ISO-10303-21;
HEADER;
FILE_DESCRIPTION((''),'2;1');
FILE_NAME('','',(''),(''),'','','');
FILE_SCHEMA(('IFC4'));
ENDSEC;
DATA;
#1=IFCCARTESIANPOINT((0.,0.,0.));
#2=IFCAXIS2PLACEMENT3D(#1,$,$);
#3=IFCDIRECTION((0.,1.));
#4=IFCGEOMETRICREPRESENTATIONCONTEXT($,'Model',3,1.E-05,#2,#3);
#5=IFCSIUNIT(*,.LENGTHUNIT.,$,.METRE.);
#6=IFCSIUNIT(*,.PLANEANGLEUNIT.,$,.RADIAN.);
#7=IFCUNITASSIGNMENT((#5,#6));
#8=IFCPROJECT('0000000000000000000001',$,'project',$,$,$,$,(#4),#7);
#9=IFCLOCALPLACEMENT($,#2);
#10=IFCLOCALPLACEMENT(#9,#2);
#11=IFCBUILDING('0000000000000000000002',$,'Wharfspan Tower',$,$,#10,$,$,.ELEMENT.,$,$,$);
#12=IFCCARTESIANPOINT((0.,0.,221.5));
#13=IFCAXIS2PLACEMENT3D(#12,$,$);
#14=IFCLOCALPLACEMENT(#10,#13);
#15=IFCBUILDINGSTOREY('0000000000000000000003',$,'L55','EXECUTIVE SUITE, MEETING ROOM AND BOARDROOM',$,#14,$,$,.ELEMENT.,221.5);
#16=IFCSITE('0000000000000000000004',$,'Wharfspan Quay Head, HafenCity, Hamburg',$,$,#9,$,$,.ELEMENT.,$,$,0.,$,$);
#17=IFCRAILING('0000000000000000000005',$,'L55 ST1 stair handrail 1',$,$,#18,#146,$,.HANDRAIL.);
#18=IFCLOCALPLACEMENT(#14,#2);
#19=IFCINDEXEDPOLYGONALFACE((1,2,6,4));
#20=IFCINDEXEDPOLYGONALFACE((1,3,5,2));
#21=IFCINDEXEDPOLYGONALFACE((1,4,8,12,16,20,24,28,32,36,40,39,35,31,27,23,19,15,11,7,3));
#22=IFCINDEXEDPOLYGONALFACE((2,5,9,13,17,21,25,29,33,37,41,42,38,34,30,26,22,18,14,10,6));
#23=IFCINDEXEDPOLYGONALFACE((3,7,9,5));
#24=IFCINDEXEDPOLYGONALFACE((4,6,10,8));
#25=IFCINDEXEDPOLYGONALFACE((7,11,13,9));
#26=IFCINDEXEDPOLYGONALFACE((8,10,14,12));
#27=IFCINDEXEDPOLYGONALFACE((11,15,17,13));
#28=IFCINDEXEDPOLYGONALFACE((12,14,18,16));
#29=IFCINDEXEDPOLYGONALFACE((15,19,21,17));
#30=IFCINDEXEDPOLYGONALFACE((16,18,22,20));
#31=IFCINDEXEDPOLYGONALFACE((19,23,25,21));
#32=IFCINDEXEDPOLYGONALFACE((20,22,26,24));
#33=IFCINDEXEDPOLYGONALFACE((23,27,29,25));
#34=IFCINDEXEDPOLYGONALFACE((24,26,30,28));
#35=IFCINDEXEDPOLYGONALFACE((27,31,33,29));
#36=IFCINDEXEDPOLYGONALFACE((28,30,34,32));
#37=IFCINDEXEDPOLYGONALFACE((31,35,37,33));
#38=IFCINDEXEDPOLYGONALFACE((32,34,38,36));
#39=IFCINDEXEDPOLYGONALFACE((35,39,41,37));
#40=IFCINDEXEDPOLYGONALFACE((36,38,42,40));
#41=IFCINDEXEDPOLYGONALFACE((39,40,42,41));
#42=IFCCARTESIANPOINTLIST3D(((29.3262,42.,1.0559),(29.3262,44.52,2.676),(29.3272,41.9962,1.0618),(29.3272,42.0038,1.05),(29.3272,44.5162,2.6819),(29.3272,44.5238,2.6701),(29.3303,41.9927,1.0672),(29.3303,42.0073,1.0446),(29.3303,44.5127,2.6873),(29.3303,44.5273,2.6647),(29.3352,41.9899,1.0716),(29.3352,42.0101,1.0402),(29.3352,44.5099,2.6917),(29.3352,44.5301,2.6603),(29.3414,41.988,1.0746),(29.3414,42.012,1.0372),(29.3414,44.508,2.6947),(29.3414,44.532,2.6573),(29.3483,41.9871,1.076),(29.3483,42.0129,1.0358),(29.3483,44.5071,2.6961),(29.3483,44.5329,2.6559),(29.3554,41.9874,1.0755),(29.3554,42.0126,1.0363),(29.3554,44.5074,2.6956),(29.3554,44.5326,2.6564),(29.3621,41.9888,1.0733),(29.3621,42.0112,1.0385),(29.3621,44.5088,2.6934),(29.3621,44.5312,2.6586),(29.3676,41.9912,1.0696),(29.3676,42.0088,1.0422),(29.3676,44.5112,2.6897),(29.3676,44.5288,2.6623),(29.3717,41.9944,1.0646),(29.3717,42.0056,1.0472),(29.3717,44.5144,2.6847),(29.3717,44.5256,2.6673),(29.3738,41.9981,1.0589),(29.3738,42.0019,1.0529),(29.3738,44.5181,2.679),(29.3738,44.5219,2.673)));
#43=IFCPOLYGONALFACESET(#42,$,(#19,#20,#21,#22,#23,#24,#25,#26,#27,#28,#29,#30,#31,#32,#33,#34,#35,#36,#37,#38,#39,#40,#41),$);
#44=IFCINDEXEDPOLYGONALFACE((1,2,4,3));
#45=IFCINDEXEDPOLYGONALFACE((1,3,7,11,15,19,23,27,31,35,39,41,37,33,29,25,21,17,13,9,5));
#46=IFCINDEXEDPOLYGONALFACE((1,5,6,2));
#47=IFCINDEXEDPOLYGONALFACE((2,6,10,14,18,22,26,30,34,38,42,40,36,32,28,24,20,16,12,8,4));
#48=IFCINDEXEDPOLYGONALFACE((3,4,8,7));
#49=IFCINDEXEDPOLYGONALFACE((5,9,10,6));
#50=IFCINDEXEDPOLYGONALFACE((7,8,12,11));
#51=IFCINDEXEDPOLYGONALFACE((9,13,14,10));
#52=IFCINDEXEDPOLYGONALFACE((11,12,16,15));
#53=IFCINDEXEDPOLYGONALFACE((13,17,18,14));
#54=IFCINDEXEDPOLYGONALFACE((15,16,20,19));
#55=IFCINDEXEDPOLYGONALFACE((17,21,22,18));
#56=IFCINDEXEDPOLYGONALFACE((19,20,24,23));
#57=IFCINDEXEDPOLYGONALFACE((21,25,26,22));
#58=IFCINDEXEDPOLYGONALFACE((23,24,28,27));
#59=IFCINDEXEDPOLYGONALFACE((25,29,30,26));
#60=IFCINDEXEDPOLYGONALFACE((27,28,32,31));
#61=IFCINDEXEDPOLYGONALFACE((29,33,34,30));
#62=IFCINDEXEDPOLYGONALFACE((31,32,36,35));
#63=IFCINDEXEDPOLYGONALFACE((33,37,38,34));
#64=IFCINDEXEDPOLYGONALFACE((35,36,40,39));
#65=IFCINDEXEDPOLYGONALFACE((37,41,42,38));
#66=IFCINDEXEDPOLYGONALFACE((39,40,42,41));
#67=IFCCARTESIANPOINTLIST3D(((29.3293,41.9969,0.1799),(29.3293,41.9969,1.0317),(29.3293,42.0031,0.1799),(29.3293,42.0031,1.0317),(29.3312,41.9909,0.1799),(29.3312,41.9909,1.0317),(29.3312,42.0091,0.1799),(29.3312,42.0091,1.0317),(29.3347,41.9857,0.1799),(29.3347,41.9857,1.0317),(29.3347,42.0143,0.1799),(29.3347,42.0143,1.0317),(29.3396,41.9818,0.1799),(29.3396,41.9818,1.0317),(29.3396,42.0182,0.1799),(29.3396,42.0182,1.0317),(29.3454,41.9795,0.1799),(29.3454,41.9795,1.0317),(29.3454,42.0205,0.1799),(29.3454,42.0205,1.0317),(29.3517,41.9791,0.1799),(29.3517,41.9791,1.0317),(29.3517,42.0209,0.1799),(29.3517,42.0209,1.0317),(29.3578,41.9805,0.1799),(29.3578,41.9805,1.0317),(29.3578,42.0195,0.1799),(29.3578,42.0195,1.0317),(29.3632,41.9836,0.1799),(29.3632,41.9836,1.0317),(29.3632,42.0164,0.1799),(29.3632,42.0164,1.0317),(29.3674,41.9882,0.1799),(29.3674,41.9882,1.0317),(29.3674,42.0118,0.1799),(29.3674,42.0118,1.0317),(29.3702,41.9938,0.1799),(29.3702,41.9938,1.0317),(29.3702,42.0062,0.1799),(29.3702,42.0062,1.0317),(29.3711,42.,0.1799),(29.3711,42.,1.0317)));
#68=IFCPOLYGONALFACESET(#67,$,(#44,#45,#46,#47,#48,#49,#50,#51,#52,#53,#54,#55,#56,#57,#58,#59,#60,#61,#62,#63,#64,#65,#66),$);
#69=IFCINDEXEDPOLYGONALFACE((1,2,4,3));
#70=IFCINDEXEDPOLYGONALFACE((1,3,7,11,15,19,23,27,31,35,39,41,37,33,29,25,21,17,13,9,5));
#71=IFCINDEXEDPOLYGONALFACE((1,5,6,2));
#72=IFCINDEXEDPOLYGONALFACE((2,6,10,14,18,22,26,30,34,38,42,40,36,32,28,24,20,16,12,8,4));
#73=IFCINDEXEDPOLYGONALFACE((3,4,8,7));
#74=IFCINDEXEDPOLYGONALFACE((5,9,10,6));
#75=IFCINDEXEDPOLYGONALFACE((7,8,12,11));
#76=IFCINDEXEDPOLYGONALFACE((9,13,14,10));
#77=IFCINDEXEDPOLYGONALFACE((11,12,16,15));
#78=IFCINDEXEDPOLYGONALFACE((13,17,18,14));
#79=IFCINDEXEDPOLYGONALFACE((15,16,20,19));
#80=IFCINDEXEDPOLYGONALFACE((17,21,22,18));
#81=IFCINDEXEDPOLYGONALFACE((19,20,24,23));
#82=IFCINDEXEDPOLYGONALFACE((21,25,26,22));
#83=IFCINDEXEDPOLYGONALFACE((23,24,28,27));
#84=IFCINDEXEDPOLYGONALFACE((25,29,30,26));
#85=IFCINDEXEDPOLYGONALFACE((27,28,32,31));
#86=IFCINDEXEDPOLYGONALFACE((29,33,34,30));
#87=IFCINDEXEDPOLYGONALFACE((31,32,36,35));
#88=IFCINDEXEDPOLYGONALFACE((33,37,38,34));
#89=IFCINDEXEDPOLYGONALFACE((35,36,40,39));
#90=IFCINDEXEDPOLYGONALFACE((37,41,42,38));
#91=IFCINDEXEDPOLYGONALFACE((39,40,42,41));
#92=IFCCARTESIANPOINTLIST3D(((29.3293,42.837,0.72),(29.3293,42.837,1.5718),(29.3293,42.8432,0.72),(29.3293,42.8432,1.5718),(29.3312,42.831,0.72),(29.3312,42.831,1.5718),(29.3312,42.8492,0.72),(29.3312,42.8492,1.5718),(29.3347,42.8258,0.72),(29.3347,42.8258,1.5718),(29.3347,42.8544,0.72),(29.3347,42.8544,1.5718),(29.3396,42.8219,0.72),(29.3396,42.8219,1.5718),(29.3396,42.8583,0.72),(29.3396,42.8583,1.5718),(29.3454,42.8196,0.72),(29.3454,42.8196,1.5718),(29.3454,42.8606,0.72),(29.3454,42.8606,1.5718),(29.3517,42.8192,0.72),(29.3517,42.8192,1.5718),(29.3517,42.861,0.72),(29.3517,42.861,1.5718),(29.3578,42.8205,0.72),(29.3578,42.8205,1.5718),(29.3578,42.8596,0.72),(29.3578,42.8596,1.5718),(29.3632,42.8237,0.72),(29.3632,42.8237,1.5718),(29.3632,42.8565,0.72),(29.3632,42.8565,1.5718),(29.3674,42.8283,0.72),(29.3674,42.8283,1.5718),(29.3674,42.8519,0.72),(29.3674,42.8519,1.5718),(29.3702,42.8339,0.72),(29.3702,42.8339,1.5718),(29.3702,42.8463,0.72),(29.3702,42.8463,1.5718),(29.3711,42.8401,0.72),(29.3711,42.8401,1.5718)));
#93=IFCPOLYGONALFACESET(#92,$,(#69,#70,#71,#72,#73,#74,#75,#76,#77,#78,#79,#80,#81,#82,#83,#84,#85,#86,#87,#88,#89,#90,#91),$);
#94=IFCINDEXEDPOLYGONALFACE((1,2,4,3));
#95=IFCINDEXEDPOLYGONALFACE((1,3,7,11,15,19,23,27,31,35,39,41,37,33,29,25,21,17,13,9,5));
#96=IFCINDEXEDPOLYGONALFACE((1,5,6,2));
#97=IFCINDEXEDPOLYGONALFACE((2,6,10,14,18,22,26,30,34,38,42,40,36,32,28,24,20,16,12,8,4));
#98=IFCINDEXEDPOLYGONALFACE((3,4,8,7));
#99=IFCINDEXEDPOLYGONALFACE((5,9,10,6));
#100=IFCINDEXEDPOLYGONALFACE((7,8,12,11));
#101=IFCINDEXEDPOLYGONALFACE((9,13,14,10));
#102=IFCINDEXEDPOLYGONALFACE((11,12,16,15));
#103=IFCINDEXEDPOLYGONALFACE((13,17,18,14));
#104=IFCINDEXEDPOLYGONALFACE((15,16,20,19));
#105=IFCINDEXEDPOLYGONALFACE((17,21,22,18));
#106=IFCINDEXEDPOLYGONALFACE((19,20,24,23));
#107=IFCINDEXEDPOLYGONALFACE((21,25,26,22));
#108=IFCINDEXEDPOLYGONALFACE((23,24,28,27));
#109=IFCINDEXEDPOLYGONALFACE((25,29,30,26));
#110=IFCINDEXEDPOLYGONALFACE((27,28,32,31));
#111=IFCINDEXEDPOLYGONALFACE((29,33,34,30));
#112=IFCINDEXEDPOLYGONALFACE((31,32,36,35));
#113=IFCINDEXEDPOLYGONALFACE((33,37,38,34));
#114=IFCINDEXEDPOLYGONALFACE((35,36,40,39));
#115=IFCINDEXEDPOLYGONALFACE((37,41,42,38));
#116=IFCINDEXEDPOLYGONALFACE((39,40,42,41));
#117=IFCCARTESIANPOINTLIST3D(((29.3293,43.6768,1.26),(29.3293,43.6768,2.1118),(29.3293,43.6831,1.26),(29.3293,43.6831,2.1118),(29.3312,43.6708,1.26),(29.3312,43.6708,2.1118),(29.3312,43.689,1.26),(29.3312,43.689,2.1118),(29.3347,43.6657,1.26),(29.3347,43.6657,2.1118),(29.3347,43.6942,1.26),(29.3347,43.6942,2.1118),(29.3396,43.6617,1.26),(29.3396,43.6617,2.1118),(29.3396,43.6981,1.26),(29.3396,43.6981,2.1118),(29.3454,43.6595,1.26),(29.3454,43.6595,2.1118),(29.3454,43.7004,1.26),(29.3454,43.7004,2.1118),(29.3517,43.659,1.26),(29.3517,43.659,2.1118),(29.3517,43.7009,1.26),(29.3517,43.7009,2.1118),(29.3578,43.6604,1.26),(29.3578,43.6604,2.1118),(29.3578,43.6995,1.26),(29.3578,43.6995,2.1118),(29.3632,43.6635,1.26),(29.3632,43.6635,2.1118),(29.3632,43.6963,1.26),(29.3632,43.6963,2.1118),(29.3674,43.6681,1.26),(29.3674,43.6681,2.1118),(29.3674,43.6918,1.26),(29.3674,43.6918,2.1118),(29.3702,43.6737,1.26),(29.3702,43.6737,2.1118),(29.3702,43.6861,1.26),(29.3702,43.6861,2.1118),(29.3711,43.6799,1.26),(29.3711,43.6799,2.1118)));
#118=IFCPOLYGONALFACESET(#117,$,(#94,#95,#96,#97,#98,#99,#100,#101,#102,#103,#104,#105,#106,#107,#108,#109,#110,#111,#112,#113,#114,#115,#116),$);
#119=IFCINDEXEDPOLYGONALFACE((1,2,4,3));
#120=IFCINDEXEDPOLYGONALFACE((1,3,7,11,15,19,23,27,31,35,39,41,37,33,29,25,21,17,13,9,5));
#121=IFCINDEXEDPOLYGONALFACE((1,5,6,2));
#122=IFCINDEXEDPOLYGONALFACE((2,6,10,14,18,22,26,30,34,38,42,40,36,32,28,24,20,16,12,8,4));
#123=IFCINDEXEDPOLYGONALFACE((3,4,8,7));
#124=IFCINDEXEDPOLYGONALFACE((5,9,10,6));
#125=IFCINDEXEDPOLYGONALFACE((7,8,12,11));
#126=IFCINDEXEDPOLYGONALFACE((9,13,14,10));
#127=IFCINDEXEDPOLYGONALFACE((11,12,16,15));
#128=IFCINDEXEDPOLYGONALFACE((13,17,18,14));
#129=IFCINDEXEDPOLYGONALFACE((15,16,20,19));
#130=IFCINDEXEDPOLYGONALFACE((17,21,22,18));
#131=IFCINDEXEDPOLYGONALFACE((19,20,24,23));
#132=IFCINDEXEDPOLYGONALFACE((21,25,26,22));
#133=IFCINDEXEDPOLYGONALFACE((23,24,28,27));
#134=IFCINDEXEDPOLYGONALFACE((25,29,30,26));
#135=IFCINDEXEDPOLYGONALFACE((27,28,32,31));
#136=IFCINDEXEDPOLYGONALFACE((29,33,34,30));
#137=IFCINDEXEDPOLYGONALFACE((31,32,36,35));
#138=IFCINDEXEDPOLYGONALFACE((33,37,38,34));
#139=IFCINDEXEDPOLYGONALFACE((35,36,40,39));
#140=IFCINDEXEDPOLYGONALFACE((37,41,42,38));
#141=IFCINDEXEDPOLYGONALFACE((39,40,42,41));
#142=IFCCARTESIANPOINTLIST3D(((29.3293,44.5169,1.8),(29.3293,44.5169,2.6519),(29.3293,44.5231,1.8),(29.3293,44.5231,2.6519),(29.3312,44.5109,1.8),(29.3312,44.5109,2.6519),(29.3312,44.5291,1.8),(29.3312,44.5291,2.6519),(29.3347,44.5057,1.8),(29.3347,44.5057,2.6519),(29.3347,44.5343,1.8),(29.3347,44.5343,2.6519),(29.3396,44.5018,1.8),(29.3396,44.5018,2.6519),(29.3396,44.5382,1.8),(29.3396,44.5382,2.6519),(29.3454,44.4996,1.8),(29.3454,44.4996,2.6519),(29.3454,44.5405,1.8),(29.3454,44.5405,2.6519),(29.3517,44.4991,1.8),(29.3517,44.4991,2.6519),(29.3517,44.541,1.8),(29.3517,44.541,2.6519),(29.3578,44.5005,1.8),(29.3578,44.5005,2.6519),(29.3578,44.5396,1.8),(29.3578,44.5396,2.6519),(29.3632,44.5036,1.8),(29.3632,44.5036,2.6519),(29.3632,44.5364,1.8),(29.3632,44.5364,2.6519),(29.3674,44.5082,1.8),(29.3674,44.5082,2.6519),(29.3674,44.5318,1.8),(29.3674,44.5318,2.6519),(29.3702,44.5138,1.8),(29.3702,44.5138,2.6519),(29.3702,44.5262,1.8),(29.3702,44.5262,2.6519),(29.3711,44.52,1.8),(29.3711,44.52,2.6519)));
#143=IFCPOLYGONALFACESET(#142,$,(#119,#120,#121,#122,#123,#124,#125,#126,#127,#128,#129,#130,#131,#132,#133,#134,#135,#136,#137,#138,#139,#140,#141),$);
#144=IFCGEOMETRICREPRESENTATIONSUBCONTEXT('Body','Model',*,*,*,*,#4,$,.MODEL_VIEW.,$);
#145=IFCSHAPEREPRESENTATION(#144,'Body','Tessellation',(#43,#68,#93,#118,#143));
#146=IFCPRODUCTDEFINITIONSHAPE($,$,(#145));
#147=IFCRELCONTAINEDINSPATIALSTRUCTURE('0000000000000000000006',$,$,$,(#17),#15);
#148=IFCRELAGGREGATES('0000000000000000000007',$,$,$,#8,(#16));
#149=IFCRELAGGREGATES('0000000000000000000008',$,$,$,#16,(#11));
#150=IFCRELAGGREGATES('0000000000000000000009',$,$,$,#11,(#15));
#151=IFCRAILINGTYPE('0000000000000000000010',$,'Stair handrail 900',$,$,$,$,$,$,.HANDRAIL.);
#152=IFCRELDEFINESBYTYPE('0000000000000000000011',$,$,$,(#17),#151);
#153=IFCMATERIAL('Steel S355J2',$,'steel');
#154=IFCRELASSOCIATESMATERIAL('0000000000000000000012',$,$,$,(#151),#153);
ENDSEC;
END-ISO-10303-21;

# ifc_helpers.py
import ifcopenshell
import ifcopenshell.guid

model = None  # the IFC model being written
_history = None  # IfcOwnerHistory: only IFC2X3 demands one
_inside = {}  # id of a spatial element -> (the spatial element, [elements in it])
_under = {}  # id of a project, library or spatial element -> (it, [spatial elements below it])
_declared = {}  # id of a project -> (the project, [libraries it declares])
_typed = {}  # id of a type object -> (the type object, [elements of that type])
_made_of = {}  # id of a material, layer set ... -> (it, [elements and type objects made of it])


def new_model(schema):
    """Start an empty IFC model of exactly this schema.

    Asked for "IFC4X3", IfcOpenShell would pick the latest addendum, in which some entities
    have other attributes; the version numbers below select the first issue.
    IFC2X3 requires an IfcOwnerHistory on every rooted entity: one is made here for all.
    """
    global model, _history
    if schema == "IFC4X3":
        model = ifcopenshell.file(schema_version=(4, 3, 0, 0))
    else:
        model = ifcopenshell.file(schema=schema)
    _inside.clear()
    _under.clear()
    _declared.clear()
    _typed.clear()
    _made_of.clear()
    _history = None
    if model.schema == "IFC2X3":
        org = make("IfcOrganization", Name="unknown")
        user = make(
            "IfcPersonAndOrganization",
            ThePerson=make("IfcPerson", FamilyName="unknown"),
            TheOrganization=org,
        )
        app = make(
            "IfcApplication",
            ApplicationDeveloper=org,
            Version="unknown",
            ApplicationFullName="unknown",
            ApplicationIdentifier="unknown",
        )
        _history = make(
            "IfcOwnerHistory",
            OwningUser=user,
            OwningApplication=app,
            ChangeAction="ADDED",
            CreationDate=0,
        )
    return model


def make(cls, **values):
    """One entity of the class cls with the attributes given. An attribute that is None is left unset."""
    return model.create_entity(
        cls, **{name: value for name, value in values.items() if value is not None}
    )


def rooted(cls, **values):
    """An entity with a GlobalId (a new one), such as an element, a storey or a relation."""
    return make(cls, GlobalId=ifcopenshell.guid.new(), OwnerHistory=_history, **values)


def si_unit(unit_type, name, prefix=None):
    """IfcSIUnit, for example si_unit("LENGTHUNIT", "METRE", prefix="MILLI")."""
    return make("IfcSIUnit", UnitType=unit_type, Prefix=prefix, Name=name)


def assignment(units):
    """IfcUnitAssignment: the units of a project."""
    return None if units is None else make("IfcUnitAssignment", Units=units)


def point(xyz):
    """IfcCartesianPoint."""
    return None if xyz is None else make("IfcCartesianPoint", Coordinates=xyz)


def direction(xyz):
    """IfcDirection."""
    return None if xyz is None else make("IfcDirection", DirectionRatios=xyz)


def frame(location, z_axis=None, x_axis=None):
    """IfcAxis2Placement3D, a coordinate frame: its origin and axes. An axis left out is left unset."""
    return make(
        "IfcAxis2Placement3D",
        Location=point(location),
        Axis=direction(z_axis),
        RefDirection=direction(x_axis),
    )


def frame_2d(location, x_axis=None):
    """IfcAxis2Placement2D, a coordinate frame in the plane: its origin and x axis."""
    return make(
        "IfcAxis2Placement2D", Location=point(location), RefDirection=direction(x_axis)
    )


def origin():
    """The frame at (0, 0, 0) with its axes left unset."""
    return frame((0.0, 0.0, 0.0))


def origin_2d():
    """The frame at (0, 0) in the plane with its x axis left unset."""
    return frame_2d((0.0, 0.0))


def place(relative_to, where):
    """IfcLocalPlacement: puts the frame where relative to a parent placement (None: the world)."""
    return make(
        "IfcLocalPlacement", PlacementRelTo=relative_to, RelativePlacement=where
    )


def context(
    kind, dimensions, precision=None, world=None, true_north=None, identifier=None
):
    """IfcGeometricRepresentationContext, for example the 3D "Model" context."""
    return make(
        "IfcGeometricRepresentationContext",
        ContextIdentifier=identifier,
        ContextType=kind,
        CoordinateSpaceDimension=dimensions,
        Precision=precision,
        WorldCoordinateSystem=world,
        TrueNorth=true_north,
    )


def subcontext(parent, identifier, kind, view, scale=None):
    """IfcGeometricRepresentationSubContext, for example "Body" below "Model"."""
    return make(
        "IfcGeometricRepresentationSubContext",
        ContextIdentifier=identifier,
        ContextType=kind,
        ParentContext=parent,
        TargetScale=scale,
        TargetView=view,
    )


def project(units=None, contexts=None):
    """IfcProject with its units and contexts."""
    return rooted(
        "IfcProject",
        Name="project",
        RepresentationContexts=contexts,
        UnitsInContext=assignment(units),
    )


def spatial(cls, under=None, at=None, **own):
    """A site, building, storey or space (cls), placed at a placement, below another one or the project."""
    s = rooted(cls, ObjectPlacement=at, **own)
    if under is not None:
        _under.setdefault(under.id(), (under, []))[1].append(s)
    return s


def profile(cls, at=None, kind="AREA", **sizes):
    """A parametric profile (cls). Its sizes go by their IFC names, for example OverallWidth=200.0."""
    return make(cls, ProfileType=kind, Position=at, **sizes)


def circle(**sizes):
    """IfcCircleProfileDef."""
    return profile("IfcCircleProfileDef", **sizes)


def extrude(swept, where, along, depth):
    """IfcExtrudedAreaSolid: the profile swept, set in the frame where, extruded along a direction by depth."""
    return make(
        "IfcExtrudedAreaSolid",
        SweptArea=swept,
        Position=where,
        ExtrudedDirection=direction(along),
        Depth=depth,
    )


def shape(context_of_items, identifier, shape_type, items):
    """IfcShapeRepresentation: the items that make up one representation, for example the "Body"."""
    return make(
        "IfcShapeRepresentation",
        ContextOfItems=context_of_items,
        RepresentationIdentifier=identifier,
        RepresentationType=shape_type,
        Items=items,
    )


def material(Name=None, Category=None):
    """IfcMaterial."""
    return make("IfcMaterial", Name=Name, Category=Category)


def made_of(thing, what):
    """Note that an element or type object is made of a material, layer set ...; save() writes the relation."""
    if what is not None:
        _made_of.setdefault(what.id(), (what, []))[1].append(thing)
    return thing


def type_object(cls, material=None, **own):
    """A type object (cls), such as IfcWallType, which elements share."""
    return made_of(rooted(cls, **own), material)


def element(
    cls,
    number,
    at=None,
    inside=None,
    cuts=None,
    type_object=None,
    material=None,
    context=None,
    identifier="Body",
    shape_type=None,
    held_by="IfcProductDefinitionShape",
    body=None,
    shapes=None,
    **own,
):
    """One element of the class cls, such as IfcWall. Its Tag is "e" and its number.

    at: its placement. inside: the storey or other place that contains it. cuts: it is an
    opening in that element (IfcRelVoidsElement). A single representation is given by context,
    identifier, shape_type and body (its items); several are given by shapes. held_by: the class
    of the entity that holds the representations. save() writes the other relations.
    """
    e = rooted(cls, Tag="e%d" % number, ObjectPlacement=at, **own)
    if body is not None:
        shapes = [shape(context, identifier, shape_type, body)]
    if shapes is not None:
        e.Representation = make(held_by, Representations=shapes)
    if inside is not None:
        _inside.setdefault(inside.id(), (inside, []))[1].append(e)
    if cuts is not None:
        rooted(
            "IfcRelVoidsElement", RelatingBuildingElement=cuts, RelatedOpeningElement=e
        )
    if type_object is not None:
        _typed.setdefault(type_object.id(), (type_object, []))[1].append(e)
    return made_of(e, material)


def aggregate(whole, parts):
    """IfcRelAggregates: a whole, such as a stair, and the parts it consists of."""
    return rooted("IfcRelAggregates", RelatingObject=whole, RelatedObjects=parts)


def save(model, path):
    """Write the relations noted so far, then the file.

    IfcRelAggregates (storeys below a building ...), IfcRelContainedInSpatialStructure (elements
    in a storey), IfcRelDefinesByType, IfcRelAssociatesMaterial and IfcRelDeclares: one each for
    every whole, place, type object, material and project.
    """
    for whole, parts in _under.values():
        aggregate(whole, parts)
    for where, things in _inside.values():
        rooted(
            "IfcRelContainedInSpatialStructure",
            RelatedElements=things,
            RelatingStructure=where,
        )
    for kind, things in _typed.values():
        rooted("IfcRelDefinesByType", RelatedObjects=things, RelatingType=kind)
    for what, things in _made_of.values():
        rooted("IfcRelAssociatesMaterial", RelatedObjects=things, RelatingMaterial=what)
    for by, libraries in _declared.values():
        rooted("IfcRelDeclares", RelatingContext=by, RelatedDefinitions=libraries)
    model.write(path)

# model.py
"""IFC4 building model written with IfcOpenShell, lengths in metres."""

from ifc_helpers import new_model, si_unit, direction, frame, origin, origin_2d, place, context, subcontext, project, spatial, circle, extrude, material, type_object, element, save


model = new_model("IFC4")

# Units and contexts
model_context = context("Model", 3, precision=1e-05, world=origin(), true_north=direction((0.0, 1.0)))
body_context = subcontext(model_context, "Body", "Model", "MODEL_VIEW")
ifc_project = project(units=[si_unit("LENGTHUNIT", "METRE"), si_unit("PLANEANGLEUNIT", "RADIAN")], contexts=[model_context])

# Site, building, storey
site_placement = place(None, origin())
site = spatial("IfcSite", under=ifc_project, at=site_placement, Name="Wharfspan Quay Head, HafenCity, Hamburg", CompositionType="ELEMENT", RefElevation=0.0)
building_placement = place(site_placement, origin())
building = spatial("IfcBuilding", under=site, at=building_placement, Name="Wharfspan Tower", CompositionType="ELEMENT")
storey_placement = place(building_placement, frame((0.0, 0.0, 221.5)))
storey = spatial("IfcBuildingStorey", under=building, at=storey_placement, Name="L55", Description="EXECUTIVE SUITE, MEETING ROOM AND BOARDROOM", CompositionType="ELEMENT", Elevation=221.5)

# Shared definitions
ifc_material_1 = material(Name="Steel S355J2", Category="steel")

# Railing
railing_type_1 = type_object("IfcRailingType", Name="Stair handrail 900", PredefinedType="HANDRAIL", material=ifc_material_1)
railing_1_placement = place(storey_placement, frame((29.3501, 42.0, 0.1799)))
element("IfcRailing", 1, at=railing_1_placement, inside=storey, type_object=railing_type_1, Name="L55 ST1 stair handrail 1", PredefinedType="HANDRAIL", context=body_context, shape_type="SweptSolid", body=[
    extrude(circle(Radius=0.0239, at=origin_2d()), frame((0.0, 0.0, 0.876), z_axis=(0.0, 0.841163, 0.540782), x_axis=(-1.0, 0.0, 0.0)), (0.0, 0.0, 1.0), 2.9958),
    extrude(circle(Radius=0.021, at=origin_2d()), origin(), (0.0, 0.0, 1.0), 0.8518),
    extrude(circle(Radius=0.021, at=origin_2d()), frame((0.0, 0.8401, 0.54)), (0.0, 0.0, 1.0), 0.8518),
    extrude(circle(Radius=0.021, at=origin_2d()), frame((0.0, 1.6799, 1.0801)), (0.0, 0.0, 1.0), 0.8518),
    extrude(circle(Radius=0.021, at=origin_2d()), frame((0.0, 2.52, 1.6201)), (0.0, 0.0, 1.0), 0.8518),
])

save(model, "model.ifc")
